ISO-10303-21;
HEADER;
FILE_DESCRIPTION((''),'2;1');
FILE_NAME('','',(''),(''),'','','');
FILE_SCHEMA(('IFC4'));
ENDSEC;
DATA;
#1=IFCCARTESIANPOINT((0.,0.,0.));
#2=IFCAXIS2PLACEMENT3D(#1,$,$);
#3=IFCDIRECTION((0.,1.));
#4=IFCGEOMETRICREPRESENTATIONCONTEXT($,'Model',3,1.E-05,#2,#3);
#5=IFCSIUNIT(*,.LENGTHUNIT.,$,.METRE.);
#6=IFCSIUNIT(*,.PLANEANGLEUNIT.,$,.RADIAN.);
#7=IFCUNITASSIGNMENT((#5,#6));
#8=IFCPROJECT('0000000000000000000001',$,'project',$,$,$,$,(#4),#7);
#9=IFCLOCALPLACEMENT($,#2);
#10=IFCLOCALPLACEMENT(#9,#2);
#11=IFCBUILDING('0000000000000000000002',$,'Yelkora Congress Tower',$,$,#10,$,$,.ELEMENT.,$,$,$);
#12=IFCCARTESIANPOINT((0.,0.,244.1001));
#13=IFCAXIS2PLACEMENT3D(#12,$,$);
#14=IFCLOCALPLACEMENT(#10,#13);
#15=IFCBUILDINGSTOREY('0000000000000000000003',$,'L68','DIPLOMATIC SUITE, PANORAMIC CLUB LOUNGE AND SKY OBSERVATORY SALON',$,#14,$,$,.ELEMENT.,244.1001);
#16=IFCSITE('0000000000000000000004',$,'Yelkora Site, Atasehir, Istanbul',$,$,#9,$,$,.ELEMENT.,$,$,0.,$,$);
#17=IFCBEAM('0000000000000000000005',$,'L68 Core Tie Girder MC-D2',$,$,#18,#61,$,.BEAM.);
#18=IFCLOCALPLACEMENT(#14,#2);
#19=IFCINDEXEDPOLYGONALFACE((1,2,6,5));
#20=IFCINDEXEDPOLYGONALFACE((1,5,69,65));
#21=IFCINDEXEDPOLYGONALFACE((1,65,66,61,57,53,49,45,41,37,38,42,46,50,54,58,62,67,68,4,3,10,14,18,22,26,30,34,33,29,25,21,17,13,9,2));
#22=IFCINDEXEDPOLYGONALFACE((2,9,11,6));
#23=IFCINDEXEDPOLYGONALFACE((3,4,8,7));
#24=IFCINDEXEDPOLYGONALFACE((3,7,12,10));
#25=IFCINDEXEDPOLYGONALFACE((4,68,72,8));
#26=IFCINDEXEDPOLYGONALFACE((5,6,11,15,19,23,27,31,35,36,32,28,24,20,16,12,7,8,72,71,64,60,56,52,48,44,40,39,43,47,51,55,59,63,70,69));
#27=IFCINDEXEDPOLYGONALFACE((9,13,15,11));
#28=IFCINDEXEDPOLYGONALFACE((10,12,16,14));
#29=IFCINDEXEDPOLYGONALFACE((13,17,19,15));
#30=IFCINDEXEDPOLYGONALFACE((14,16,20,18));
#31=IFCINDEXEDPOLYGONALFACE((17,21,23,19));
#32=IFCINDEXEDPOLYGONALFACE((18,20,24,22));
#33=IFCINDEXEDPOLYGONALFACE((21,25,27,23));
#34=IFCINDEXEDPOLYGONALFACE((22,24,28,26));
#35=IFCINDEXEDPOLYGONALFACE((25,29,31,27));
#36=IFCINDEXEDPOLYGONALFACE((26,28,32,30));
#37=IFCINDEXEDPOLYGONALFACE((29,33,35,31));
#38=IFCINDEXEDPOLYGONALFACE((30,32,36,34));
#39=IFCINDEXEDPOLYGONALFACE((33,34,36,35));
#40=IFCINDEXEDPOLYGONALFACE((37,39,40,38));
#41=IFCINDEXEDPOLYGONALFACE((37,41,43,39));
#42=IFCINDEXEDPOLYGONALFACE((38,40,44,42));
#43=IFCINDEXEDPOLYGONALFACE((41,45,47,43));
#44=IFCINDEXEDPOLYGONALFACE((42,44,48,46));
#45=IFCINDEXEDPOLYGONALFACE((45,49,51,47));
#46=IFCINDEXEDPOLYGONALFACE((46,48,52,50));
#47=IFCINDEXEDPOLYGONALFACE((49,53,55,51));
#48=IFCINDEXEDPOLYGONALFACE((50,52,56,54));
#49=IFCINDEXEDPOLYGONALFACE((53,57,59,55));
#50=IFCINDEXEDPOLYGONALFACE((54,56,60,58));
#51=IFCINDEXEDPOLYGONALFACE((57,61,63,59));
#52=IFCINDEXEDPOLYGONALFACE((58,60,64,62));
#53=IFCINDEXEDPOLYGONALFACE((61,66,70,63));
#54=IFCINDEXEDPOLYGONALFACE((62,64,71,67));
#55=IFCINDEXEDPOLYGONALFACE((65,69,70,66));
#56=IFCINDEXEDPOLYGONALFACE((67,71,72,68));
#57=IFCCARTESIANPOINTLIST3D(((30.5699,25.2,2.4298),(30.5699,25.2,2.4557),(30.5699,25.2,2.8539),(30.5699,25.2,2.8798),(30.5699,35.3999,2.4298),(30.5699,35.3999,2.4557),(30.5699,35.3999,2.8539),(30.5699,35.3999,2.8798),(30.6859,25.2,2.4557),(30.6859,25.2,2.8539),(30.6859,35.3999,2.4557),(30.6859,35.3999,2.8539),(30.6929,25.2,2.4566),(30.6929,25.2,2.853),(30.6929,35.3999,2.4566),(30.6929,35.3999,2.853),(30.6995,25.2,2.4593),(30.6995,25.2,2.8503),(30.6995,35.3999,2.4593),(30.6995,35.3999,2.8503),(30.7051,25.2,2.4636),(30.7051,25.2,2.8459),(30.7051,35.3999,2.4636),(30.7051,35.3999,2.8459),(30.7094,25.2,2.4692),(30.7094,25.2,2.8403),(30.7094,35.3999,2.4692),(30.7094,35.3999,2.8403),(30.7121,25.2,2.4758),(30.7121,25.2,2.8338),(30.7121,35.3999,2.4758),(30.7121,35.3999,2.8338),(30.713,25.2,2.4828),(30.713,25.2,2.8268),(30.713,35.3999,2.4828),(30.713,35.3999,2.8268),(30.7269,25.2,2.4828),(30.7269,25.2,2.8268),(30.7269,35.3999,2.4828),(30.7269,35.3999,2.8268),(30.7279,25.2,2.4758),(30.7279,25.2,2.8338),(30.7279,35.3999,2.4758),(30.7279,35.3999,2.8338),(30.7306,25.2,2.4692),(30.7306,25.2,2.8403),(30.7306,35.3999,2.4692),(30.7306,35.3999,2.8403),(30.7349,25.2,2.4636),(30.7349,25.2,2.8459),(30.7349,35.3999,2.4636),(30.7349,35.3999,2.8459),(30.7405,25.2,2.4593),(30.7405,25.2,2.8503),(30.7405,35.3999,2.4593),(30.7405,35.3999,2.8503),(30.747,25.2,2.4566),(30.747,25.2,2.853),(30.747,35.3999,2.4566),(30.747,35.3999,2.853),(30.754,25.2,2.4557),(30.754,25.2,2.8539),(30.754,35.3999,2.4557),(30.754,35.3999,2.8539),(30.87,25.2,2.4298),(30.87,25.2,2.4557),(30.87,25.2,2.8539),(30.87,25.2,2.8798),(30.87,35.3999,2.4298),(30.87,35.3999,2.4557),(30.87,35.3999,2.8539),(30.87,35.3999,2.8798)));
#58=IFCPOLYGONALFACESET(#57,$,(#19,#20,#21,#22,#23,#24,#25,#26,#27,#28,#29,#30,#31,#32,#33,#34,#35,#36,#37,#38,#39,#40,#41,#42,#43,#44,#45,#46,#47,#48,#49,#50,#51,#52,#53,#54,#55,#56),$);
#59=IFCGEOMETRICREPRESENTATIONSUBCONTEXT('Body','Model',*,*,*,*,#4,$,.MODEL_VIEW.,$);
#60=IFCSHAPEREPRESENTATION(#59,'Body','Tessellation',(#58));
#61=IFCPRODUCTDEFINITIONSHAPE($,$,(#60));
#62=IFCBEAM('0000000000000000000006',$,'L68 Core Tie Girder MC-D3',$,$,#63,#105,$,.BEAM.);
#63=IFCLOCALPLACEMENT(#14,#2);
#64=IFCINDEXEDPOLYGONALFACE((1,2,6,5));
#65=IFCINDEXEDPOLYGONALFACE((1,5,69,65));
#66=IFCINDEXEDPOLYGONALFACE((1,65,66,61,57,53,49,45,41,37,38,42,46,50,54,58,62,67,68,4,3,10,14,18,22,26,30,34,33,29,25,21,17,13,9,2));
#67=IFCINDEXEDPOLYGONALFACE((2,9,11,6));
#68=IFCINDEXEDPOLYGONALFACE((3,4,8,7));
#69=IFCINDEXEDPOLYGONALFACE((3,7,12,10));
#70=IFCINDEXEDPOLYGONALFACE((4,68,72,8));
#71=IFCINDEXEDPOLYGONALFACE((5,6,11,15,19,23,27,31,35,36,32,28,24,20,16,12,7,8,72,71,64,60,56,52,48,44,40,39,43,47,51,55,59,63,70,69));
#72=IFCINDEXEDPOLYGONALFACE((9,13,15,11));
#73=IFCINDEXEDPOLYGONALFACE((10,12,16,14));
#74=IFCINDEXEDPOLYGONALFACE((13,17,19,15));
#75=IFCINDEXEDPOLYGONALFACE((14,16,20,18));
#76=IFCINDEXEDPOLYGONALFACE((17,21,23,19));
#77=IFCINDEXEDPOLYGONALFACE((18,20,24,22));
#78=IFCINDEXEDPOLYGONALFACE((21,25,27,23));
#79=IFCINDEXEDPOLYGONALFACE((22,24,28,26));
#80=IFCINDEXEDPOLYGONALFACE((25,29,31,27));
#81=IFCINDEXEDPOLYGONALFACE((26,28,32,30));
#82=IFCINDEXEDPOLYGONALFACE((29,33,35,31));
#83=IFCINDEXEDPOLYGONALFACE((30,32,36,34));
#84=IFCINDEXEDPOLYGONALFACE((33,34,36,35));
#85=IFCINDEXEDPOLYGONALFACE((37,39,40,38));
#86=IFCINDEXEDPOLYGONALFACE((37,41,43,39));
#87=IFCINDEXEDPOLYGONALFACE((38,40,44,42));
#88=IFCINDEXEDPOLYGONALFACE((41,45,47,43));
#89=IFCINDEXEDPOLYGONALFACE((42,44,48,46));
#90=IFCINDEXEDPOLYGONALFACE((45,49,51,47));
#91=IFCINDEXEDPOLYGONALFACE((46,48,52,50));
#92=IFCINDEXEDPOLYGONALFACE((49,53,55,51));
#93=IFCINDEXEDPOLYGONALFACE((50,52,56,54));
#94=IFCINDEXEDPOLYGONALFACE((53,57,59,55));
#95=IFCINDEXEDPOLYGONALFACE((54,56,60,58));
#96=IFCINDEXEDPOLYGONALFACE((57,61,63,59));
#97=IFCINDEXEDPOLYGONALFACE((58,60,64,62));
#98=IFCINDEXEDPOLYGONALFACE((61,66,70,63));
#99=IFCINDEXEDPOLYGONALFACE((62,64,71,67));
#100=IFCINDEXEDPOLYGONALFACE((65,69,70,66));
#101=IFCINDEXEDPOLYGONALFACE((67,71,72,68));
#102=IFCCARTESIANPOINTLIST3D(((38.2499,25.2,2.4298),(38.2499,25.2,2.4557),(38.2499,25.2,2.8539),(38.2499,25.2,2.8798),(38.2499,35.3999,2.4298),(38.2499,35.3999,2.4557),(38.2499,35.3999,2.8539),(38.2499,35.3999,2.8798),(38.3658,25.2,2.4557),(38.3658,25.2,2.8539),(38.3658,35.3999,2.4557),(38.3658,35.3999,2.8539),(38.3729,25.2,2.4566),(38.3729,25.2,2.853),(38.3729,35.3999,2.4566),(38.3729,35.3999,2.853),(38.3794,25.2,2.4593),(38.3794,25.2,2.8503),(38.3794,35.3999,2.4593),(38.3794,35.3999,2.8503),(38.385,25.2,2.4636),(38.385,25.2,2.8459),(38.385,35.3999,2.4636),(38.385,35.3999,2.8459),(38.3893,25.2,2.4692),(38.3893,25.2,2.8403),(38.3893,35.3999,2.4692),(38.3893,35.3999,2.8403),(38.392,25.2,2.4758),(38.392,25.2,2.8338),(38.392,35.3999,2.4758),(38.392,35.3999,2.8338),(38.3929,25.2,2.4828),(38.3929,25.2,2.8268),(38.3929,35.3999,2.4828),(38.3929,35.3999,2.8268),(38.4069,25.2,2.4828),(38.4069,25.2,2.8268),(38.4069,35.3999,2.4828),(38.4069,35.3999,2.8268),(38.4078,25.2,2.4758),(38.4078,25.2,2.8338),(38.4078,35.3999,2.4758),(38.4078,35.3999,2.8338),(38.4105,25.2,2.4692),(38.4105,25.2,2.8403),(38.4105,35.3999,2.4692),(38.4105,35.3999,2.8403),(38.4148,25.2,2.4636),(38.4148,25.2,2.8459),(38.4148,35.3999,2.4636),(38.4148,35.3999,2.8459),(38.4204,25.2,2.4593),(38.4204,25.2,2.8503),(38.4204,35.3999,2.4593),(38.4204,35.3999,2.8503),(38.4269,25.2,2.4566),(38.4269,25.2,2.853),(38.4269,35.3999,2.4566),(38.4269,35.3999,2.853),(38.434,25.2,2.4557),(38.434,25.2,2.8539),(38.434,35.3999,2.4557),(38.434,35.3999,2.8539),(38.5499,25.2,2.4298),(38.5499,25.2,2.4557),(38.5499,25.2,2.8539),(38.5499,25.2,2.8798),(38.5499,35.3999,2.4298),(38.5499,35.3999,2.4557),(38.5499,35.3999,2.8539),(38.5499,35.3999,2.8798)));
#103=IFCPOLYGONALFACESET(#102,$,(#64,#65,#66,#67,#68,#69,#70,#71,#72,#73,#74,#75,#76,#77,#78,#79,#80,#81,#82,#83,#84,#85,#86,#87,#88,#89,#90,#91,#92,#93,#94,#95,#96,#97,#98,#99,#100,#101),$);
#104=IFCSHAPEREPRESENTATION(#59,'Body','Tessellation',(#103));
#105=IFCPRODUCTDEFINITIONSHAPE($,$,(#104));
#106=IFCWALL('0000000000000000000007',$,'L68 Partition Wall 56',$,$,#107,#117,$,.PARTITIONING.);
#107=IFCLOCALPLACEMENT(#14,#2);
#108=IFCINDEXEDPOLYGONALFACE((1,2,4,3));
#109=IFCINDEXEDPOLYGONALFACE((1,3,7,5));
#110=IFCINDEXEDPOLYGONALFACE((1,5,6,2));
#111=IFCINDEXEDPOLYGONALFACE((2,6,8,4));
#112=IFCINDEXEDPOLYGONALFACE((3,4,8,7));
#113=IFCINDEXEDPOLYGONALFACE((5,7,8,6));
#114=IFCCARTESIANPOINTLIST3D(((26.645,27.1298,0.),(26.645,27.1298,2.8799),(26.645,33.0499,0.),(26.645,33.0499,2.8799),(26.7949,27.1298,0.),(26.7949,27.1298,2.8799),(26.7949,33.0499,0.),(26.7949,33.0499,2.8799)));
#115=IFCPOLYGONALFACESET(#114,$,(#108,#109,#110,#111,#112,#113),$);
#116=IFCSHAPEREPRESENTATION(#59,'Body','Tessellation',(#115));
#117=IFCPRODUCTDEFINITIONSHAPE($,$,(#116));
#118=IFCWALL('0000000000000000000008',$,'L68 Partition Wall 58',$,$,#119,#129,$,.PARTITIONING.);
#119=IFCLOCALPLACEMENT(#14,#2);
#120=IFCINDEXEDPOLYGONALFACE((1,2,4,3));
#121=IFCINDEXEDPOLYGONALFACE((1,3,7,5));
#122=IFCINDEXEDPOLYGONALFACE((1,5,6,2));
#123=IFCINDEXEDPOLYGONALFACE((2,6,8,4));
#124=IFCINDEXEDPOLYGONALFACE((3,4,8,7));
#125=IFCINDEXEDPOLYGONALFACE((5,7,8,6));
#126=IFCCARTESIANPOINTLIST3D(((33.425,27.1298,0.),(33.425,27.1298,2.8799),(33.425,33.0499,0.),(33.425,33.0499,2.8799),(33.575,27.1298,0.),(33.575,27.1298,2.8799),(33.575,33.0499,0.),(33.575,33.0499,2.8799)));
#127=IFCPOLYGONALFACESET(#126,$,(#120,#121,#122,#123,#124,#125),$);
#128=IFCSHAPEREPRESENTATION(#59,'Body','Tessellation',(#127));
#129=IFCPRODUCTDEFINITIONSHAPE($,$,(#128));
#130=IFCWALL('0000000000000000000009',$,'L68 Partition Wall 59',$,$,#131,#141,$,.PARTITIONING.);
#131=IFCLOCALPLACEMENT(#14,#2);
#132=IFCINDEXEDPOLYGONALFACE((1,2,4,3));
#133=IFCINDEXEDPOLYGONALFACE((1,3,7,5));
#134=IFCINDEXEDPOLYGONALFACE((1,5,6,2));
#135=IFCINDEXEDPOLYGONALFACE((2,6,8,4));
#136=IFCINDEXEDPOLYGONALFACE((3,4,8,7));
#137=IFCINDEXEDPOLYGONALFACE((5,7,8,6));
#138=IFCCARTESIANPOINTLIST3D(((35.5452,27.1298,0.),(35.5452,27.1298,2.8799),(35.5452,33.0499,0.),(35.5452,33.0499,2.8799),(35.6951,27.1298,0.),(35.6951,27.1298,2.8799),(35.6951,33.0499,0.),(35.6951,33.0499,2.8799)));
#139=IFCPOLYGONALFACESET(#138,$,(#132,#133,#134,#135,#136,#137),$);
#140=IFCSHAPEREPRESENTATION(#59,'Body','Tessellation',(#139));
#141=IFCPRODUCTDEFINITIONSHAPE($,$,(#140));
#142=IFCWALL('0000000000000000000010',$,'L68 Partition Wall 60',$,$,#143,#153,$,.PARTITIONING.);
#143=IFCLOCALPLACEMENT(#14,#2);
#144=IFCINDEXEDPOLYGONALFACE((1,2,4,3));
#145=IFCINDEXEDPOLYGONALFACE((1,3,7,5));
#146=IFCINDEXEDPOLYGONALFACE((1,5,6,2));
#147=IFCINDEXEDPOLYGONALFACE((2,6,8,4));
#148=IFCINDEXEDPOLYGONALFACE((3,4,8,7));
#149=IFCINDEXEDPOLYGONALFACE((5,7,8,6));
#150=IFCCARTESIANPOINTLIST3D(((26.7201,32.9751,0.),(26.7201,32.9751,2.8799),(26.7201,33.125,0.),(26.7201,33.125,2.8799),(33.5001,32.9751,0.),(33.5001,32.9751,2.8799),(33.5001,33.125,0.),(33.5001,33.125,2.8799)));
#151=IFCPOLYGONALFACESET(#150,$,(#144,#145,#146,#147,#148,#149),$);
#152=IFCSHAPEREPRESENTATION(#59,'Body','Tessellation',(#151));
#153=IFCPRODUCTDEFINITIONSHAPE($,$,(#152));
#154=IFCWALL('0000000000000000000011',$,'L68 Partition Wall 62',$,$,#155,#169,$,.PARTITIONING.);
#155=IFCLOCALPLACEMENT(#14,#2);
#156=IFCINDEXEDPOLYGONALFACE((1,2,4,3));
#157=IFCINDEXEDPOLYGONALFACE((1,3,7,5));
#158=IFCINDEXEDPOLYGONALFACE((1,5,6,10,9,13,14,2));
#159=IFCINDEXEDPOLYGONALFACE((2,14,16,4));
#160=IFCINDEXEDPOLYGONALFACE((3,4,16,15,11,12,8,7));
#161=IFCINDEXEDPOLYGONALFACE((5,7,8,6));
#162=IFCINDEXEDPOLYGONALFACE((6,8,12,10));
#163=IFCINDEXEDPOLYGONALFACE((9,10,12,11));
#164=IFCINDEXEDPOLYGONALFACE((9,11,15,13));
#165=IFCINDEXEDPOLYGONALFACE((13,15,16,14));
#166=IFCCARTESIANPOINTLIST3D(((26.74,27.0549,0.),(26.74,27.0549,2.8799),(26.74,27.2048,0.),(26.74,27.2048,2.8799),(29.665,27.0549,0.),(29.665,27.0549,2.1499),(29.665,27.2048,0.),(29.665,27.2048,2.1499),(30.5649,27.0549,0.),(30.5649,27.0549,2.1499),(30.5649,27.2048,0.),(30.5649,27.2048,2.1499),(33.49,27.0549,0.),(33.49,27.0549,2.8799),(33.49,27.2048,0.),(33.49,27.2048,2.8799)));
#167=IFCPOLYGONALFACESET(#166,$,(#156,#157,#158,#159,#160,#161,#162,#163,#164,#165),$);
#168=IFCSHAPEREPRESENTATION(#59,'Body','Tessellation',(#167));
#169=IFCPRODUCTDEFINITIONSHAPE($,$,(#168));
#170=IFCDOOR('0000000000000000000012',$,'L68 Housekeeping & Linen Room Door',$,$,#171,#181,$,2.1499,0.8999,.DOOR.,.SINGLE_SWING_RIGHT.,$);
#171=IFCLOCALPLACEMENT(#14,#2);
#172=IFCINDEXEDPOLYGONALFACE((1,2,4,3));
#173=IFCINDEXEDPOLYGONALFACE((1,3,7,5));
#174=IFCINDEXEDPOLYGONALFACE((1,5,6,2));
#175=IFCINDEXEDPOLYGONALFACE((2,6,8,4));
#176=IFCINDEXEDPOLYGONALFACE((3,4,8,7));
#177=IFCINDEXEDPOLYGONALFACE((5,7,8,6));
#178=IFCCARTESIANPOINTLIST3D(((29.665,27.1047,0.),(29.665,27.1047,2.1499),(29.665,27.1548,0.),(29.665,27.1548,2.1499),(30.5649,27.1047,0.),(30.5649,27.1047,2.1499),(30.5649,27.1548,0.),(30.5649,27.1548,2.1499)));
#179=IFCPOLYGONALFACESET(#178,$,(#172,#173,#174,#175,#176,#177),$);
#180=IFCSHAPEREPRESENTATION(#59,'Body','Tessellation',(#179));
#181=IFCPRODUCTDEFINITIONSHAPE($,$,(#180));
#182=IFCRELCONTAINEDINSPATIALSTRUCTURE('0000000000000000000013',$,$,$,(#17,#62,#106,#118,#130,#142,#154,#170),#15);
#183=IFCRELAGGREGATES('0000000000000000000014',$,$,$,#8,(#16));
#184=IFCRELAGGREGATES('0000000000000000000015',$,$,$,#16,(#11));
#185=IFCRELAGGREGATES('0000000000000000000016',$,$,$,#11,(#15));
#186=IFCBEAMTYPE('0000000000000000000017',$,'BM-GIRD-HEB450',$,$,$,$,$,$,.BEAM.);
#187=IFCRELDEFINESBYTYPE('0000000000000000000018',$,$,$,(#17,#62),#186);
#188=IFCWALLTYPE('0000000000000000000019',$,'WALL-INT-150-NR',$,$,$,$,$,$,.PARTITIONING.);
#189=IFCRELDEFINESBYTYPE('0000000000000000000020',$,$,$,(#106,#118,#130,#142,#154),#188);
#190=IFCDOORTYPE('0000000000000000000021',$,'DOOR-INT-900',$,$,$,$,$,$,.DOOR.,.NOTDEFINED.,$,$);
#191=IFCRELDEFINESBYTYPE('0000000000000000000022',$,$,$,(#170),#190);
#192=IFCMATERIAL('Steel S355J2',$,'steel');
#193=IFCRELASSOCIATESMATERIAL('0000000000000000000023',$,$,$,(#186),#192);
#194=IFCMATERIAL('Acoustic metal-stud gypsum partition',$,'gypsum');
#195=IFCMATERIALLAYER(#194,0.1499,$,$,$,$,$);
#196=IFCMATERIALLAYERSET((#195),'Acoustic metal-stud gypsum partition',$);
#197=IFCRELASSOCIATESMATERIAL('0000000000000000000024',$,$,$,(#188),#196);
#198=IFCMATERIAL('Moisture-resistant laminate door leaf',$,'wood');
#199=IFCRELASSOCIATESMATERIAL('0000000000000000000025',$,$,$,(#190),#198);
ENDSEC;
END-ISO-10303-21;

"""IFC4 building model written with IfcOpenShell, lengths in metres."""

from ifc_helpers import new_model, si_unit, direction, frame, frame_2d, origin, origin_2d, place, context, subcontext, project, spatial, rectangle, i_section, extrude, material, layer, layer_set, material_profile, profile_set, type_object, element, fill, save


model = new_model("IFC4")

# Units and contexts
model_context = context("Model", 3, precision=1e-05, world=origin(), true_north=direction((0.0, 1.0)))
body_context = subcontext(model_context, "Body", "Model", "MODEL_VIEW")
ifc_project = project(units=[si_unit("LENGTHUNIT", "METRE"), si_unit("PLANEANGLEUNIT", "RADIAN")], contexts=[model_context])

# Site, building, storey
site_placement = place(None, origin())
site = spatial("IfcSite", under=ifc_project, at=site_placement, Name="Yelkora Site, Atasehir, Istanbul", CompositionType="ELEMENT", RefElevation=0.0)
building_placement = place(site_placement, origin())
building = spatial("IfcBuilding", under=site, at=building_placement, Name="Yelkora Congress Tower", CompositionType="ELEMENT")
storey_placement = place(building_placement, frame((0.0, 0.0, 244.1001)))
storey = spatial("IfcBuildingStorey", under=building, at=storey_placement, Name="L68", Description="DIPLOMATIC SUITE, PANORAMIC CLUB LOUNGE AND SKY OBSERVATORY SALON", CompositionType="ELEMENT", Elevation=244.1001)

# Beams
ifc_material_1 = material(Name="Steel S355J2", Category="steel")
ifc_material_profile_1 = material_profile(ifc_material_1, i_section(OverallWidth=0.3, OverallDepth=0.45, WebThickness=0.0139, FlangeThickness=0.0259, FilletRadius=0.0271, at=origin_2d()), Name="HEB 450")
ifc_profile_set_1 = profile_set([ifc_material_profile_1], Name="Steel S355J2")
beam_type = type_object("IfcBeamType", Name="BM-GIRD-HEB450", PredefinedType="BEAM", material=ifc_profile_set_1)
for number, where, z_axis, x_axis, name in (
    (1, (30.72, 25.2, 2.6548), (0.0, 1.0, 0.0), (-1.0, 0.0, 0.0), "L68 Core Tie Girder MC-D2"),
    (2, (38.3999, 25.2, 2.6548), (0.0, 1.0, 0.0), (-1.0, 0.0, 0.0), "L68 Core Tie Girder MC-D3"),
):
    element("IfcBeam", number, at=place(storey_placement, frame(where, z_axis=z_axis, x_axis=x_axis)), inside=storey, type_object=beam_type, Name=name, PredefinedType="BEAM", context=body_context, shape_type="SweptSolid", body=[
        extrude(i_section(OverallWidth=0.3, OverallDepth=0.45, WebThickness=0.0139, FlangeThickness=0.0259, FilletRadius=0.0271, at=origin_2d()), origin(), (0.0, 0.0, 1.0), 10.2),
    ])

# Walls
ifc_material_2 = material(Name="Acoustic metal-stud gypsum partition", Category="gypsum")
ifc_layer = layer(ifc_material_2, 0.1499)
ifc_layer_set = layer_set([ifc_layer], Name="Acoustic metal-stud gypsum partition")
wall_type = type_object("IfcWallType", Name="WALL-INT-150-NR", PredefinedType="PARTITIONING", material=ifc_layer_set)
for number, where, z_axis, x_axis, name in (
    (3, (26.72, 27.1299, 0.0), (0.0, 0.0, 1.0), (0.0, 1.0, 0.0), "L68 Partition Wall 56"),
    (4, (33.5, 27.1299, 0.0), (0.0, 0.0, 1.0), (0.0, 1.0, 0.0), "L68 Partition Wall 58"),
    (5, (35.6201, 27.1299, 0.0), (0.0, 0.0, 1.0), (0.0, 1.0, 0.0), "L68 Partition Wall 59"),
):
    element("IfcWall", number, at=place(storey_placement, frame(where, z_axis=z_axis, x_axis=x_axis)), inside=storey, type_object=wall_type, Name=name, PredefinedType="PARTITIONING", context=body_context, shape_type="SweptSolid", body=[
        extrude(rectangle(XDim=5.9202, YDim=0.1499, at=frame_2d((2.96, 0.0))), origin(), (0.0, 0.0, 1.0), 2.8799),
    ])
wall_1_placement = place(storey_placement, frame((26.72, 33.05, 0.0), z_axis=(0.0, 0.0, 1.0), x_axis=(1.0, 0.0, 0.0)))
element("IfcWall", 6, at=wall_1_placement, inside=storey, type_object=wall_type, Name="L68 Partition Wall 60", PredefinedType="PARTITIONING", context=body_context, shape_type="SweptSolid", body=[
    extrude(rectangle(XDim=6.78, YDim=0.1499, at=frame_2d((3.3901, 0.0))), origin(), (0.0, 0.0, 1.0), 2.8799),
])

# Wall, opening, door
wall_2_placement = place(storey_placement, frame((26.74, 27.1299, 0.0), z_axis=(0.0, 0.0, 1.0), x_axis=(1.0, 0.0, 0.0)))
wall_2 = element("IfcWall", 7, at=wall_2_placement, inside=storey, type_object=wall_type, Name="L68 Partition Wall 62", PredefinedType="PARTITIONING", context=body_context, shape_type="SweptSolid", body=[
    extrude(rectangle(XDim=6.75, YDim=0.1499, at=frame_2d((3.375, 0.0))), origin(), (0.0, 0.0, 1.0), 2.8799),
])
opening_1_placement = place(wall_2_placement, frame((2.925, 0.0, 0.0)))
opening_1 = element("IfcOpeningElement", 8, at=opening_1_placement, cuts=wall_2, PredefinedType="OPENING", context=body_context, shape_type="SweptSolid", body=[
    extrude(rectangle(XDim=0.8999, YDim=2.1499, at=frame_2d((0.45, 1.075))), frame((0.0, 0.085, 0.0), z_axis=(0.0, -1.0, 0.0), x_axis=(1.0, 0.0, 0.0)), (0.0, 0.0, 1.0), 0.1699),
])
ifc_material_3 = material(Name="Moisture-resistant laminate door leaf", Category="wood")
door_type = type_object("IfcDoorType", Name="DOOR-INT-900", OperationType="NOTDEFINED", PredefinedType="DOOR", material=ifc_material_3)
door_1_placement = place(opening_1_placement, origin())
door_1 = element("IfcDoor", 9, at=door_1_placement, inside=storey, type_object=door_type, Name="L68 Housekeeping & Linen Room Door", OperationType="SINGLE_SWING_RIGHT", OverallHeight=2.1499, OverallWidth=0.8999, PredefinedType="DOOR", context=body_context, shape_type="SweptSolid", body=[
    extrude(rectangle(XDim=0.8999, YDim=2.1499, at=frame_2d((0.45, 1.075))), frame((0.0, 0.0249, 0.0), z_axis=(0.0, -1.0, 0.0), x_axis=(1.0, 0.0, 0.0)), (0.0, 0.0, 1.0), 0.05),
])
fill(opening_1, door_1)

save(model, "model.ifc")
